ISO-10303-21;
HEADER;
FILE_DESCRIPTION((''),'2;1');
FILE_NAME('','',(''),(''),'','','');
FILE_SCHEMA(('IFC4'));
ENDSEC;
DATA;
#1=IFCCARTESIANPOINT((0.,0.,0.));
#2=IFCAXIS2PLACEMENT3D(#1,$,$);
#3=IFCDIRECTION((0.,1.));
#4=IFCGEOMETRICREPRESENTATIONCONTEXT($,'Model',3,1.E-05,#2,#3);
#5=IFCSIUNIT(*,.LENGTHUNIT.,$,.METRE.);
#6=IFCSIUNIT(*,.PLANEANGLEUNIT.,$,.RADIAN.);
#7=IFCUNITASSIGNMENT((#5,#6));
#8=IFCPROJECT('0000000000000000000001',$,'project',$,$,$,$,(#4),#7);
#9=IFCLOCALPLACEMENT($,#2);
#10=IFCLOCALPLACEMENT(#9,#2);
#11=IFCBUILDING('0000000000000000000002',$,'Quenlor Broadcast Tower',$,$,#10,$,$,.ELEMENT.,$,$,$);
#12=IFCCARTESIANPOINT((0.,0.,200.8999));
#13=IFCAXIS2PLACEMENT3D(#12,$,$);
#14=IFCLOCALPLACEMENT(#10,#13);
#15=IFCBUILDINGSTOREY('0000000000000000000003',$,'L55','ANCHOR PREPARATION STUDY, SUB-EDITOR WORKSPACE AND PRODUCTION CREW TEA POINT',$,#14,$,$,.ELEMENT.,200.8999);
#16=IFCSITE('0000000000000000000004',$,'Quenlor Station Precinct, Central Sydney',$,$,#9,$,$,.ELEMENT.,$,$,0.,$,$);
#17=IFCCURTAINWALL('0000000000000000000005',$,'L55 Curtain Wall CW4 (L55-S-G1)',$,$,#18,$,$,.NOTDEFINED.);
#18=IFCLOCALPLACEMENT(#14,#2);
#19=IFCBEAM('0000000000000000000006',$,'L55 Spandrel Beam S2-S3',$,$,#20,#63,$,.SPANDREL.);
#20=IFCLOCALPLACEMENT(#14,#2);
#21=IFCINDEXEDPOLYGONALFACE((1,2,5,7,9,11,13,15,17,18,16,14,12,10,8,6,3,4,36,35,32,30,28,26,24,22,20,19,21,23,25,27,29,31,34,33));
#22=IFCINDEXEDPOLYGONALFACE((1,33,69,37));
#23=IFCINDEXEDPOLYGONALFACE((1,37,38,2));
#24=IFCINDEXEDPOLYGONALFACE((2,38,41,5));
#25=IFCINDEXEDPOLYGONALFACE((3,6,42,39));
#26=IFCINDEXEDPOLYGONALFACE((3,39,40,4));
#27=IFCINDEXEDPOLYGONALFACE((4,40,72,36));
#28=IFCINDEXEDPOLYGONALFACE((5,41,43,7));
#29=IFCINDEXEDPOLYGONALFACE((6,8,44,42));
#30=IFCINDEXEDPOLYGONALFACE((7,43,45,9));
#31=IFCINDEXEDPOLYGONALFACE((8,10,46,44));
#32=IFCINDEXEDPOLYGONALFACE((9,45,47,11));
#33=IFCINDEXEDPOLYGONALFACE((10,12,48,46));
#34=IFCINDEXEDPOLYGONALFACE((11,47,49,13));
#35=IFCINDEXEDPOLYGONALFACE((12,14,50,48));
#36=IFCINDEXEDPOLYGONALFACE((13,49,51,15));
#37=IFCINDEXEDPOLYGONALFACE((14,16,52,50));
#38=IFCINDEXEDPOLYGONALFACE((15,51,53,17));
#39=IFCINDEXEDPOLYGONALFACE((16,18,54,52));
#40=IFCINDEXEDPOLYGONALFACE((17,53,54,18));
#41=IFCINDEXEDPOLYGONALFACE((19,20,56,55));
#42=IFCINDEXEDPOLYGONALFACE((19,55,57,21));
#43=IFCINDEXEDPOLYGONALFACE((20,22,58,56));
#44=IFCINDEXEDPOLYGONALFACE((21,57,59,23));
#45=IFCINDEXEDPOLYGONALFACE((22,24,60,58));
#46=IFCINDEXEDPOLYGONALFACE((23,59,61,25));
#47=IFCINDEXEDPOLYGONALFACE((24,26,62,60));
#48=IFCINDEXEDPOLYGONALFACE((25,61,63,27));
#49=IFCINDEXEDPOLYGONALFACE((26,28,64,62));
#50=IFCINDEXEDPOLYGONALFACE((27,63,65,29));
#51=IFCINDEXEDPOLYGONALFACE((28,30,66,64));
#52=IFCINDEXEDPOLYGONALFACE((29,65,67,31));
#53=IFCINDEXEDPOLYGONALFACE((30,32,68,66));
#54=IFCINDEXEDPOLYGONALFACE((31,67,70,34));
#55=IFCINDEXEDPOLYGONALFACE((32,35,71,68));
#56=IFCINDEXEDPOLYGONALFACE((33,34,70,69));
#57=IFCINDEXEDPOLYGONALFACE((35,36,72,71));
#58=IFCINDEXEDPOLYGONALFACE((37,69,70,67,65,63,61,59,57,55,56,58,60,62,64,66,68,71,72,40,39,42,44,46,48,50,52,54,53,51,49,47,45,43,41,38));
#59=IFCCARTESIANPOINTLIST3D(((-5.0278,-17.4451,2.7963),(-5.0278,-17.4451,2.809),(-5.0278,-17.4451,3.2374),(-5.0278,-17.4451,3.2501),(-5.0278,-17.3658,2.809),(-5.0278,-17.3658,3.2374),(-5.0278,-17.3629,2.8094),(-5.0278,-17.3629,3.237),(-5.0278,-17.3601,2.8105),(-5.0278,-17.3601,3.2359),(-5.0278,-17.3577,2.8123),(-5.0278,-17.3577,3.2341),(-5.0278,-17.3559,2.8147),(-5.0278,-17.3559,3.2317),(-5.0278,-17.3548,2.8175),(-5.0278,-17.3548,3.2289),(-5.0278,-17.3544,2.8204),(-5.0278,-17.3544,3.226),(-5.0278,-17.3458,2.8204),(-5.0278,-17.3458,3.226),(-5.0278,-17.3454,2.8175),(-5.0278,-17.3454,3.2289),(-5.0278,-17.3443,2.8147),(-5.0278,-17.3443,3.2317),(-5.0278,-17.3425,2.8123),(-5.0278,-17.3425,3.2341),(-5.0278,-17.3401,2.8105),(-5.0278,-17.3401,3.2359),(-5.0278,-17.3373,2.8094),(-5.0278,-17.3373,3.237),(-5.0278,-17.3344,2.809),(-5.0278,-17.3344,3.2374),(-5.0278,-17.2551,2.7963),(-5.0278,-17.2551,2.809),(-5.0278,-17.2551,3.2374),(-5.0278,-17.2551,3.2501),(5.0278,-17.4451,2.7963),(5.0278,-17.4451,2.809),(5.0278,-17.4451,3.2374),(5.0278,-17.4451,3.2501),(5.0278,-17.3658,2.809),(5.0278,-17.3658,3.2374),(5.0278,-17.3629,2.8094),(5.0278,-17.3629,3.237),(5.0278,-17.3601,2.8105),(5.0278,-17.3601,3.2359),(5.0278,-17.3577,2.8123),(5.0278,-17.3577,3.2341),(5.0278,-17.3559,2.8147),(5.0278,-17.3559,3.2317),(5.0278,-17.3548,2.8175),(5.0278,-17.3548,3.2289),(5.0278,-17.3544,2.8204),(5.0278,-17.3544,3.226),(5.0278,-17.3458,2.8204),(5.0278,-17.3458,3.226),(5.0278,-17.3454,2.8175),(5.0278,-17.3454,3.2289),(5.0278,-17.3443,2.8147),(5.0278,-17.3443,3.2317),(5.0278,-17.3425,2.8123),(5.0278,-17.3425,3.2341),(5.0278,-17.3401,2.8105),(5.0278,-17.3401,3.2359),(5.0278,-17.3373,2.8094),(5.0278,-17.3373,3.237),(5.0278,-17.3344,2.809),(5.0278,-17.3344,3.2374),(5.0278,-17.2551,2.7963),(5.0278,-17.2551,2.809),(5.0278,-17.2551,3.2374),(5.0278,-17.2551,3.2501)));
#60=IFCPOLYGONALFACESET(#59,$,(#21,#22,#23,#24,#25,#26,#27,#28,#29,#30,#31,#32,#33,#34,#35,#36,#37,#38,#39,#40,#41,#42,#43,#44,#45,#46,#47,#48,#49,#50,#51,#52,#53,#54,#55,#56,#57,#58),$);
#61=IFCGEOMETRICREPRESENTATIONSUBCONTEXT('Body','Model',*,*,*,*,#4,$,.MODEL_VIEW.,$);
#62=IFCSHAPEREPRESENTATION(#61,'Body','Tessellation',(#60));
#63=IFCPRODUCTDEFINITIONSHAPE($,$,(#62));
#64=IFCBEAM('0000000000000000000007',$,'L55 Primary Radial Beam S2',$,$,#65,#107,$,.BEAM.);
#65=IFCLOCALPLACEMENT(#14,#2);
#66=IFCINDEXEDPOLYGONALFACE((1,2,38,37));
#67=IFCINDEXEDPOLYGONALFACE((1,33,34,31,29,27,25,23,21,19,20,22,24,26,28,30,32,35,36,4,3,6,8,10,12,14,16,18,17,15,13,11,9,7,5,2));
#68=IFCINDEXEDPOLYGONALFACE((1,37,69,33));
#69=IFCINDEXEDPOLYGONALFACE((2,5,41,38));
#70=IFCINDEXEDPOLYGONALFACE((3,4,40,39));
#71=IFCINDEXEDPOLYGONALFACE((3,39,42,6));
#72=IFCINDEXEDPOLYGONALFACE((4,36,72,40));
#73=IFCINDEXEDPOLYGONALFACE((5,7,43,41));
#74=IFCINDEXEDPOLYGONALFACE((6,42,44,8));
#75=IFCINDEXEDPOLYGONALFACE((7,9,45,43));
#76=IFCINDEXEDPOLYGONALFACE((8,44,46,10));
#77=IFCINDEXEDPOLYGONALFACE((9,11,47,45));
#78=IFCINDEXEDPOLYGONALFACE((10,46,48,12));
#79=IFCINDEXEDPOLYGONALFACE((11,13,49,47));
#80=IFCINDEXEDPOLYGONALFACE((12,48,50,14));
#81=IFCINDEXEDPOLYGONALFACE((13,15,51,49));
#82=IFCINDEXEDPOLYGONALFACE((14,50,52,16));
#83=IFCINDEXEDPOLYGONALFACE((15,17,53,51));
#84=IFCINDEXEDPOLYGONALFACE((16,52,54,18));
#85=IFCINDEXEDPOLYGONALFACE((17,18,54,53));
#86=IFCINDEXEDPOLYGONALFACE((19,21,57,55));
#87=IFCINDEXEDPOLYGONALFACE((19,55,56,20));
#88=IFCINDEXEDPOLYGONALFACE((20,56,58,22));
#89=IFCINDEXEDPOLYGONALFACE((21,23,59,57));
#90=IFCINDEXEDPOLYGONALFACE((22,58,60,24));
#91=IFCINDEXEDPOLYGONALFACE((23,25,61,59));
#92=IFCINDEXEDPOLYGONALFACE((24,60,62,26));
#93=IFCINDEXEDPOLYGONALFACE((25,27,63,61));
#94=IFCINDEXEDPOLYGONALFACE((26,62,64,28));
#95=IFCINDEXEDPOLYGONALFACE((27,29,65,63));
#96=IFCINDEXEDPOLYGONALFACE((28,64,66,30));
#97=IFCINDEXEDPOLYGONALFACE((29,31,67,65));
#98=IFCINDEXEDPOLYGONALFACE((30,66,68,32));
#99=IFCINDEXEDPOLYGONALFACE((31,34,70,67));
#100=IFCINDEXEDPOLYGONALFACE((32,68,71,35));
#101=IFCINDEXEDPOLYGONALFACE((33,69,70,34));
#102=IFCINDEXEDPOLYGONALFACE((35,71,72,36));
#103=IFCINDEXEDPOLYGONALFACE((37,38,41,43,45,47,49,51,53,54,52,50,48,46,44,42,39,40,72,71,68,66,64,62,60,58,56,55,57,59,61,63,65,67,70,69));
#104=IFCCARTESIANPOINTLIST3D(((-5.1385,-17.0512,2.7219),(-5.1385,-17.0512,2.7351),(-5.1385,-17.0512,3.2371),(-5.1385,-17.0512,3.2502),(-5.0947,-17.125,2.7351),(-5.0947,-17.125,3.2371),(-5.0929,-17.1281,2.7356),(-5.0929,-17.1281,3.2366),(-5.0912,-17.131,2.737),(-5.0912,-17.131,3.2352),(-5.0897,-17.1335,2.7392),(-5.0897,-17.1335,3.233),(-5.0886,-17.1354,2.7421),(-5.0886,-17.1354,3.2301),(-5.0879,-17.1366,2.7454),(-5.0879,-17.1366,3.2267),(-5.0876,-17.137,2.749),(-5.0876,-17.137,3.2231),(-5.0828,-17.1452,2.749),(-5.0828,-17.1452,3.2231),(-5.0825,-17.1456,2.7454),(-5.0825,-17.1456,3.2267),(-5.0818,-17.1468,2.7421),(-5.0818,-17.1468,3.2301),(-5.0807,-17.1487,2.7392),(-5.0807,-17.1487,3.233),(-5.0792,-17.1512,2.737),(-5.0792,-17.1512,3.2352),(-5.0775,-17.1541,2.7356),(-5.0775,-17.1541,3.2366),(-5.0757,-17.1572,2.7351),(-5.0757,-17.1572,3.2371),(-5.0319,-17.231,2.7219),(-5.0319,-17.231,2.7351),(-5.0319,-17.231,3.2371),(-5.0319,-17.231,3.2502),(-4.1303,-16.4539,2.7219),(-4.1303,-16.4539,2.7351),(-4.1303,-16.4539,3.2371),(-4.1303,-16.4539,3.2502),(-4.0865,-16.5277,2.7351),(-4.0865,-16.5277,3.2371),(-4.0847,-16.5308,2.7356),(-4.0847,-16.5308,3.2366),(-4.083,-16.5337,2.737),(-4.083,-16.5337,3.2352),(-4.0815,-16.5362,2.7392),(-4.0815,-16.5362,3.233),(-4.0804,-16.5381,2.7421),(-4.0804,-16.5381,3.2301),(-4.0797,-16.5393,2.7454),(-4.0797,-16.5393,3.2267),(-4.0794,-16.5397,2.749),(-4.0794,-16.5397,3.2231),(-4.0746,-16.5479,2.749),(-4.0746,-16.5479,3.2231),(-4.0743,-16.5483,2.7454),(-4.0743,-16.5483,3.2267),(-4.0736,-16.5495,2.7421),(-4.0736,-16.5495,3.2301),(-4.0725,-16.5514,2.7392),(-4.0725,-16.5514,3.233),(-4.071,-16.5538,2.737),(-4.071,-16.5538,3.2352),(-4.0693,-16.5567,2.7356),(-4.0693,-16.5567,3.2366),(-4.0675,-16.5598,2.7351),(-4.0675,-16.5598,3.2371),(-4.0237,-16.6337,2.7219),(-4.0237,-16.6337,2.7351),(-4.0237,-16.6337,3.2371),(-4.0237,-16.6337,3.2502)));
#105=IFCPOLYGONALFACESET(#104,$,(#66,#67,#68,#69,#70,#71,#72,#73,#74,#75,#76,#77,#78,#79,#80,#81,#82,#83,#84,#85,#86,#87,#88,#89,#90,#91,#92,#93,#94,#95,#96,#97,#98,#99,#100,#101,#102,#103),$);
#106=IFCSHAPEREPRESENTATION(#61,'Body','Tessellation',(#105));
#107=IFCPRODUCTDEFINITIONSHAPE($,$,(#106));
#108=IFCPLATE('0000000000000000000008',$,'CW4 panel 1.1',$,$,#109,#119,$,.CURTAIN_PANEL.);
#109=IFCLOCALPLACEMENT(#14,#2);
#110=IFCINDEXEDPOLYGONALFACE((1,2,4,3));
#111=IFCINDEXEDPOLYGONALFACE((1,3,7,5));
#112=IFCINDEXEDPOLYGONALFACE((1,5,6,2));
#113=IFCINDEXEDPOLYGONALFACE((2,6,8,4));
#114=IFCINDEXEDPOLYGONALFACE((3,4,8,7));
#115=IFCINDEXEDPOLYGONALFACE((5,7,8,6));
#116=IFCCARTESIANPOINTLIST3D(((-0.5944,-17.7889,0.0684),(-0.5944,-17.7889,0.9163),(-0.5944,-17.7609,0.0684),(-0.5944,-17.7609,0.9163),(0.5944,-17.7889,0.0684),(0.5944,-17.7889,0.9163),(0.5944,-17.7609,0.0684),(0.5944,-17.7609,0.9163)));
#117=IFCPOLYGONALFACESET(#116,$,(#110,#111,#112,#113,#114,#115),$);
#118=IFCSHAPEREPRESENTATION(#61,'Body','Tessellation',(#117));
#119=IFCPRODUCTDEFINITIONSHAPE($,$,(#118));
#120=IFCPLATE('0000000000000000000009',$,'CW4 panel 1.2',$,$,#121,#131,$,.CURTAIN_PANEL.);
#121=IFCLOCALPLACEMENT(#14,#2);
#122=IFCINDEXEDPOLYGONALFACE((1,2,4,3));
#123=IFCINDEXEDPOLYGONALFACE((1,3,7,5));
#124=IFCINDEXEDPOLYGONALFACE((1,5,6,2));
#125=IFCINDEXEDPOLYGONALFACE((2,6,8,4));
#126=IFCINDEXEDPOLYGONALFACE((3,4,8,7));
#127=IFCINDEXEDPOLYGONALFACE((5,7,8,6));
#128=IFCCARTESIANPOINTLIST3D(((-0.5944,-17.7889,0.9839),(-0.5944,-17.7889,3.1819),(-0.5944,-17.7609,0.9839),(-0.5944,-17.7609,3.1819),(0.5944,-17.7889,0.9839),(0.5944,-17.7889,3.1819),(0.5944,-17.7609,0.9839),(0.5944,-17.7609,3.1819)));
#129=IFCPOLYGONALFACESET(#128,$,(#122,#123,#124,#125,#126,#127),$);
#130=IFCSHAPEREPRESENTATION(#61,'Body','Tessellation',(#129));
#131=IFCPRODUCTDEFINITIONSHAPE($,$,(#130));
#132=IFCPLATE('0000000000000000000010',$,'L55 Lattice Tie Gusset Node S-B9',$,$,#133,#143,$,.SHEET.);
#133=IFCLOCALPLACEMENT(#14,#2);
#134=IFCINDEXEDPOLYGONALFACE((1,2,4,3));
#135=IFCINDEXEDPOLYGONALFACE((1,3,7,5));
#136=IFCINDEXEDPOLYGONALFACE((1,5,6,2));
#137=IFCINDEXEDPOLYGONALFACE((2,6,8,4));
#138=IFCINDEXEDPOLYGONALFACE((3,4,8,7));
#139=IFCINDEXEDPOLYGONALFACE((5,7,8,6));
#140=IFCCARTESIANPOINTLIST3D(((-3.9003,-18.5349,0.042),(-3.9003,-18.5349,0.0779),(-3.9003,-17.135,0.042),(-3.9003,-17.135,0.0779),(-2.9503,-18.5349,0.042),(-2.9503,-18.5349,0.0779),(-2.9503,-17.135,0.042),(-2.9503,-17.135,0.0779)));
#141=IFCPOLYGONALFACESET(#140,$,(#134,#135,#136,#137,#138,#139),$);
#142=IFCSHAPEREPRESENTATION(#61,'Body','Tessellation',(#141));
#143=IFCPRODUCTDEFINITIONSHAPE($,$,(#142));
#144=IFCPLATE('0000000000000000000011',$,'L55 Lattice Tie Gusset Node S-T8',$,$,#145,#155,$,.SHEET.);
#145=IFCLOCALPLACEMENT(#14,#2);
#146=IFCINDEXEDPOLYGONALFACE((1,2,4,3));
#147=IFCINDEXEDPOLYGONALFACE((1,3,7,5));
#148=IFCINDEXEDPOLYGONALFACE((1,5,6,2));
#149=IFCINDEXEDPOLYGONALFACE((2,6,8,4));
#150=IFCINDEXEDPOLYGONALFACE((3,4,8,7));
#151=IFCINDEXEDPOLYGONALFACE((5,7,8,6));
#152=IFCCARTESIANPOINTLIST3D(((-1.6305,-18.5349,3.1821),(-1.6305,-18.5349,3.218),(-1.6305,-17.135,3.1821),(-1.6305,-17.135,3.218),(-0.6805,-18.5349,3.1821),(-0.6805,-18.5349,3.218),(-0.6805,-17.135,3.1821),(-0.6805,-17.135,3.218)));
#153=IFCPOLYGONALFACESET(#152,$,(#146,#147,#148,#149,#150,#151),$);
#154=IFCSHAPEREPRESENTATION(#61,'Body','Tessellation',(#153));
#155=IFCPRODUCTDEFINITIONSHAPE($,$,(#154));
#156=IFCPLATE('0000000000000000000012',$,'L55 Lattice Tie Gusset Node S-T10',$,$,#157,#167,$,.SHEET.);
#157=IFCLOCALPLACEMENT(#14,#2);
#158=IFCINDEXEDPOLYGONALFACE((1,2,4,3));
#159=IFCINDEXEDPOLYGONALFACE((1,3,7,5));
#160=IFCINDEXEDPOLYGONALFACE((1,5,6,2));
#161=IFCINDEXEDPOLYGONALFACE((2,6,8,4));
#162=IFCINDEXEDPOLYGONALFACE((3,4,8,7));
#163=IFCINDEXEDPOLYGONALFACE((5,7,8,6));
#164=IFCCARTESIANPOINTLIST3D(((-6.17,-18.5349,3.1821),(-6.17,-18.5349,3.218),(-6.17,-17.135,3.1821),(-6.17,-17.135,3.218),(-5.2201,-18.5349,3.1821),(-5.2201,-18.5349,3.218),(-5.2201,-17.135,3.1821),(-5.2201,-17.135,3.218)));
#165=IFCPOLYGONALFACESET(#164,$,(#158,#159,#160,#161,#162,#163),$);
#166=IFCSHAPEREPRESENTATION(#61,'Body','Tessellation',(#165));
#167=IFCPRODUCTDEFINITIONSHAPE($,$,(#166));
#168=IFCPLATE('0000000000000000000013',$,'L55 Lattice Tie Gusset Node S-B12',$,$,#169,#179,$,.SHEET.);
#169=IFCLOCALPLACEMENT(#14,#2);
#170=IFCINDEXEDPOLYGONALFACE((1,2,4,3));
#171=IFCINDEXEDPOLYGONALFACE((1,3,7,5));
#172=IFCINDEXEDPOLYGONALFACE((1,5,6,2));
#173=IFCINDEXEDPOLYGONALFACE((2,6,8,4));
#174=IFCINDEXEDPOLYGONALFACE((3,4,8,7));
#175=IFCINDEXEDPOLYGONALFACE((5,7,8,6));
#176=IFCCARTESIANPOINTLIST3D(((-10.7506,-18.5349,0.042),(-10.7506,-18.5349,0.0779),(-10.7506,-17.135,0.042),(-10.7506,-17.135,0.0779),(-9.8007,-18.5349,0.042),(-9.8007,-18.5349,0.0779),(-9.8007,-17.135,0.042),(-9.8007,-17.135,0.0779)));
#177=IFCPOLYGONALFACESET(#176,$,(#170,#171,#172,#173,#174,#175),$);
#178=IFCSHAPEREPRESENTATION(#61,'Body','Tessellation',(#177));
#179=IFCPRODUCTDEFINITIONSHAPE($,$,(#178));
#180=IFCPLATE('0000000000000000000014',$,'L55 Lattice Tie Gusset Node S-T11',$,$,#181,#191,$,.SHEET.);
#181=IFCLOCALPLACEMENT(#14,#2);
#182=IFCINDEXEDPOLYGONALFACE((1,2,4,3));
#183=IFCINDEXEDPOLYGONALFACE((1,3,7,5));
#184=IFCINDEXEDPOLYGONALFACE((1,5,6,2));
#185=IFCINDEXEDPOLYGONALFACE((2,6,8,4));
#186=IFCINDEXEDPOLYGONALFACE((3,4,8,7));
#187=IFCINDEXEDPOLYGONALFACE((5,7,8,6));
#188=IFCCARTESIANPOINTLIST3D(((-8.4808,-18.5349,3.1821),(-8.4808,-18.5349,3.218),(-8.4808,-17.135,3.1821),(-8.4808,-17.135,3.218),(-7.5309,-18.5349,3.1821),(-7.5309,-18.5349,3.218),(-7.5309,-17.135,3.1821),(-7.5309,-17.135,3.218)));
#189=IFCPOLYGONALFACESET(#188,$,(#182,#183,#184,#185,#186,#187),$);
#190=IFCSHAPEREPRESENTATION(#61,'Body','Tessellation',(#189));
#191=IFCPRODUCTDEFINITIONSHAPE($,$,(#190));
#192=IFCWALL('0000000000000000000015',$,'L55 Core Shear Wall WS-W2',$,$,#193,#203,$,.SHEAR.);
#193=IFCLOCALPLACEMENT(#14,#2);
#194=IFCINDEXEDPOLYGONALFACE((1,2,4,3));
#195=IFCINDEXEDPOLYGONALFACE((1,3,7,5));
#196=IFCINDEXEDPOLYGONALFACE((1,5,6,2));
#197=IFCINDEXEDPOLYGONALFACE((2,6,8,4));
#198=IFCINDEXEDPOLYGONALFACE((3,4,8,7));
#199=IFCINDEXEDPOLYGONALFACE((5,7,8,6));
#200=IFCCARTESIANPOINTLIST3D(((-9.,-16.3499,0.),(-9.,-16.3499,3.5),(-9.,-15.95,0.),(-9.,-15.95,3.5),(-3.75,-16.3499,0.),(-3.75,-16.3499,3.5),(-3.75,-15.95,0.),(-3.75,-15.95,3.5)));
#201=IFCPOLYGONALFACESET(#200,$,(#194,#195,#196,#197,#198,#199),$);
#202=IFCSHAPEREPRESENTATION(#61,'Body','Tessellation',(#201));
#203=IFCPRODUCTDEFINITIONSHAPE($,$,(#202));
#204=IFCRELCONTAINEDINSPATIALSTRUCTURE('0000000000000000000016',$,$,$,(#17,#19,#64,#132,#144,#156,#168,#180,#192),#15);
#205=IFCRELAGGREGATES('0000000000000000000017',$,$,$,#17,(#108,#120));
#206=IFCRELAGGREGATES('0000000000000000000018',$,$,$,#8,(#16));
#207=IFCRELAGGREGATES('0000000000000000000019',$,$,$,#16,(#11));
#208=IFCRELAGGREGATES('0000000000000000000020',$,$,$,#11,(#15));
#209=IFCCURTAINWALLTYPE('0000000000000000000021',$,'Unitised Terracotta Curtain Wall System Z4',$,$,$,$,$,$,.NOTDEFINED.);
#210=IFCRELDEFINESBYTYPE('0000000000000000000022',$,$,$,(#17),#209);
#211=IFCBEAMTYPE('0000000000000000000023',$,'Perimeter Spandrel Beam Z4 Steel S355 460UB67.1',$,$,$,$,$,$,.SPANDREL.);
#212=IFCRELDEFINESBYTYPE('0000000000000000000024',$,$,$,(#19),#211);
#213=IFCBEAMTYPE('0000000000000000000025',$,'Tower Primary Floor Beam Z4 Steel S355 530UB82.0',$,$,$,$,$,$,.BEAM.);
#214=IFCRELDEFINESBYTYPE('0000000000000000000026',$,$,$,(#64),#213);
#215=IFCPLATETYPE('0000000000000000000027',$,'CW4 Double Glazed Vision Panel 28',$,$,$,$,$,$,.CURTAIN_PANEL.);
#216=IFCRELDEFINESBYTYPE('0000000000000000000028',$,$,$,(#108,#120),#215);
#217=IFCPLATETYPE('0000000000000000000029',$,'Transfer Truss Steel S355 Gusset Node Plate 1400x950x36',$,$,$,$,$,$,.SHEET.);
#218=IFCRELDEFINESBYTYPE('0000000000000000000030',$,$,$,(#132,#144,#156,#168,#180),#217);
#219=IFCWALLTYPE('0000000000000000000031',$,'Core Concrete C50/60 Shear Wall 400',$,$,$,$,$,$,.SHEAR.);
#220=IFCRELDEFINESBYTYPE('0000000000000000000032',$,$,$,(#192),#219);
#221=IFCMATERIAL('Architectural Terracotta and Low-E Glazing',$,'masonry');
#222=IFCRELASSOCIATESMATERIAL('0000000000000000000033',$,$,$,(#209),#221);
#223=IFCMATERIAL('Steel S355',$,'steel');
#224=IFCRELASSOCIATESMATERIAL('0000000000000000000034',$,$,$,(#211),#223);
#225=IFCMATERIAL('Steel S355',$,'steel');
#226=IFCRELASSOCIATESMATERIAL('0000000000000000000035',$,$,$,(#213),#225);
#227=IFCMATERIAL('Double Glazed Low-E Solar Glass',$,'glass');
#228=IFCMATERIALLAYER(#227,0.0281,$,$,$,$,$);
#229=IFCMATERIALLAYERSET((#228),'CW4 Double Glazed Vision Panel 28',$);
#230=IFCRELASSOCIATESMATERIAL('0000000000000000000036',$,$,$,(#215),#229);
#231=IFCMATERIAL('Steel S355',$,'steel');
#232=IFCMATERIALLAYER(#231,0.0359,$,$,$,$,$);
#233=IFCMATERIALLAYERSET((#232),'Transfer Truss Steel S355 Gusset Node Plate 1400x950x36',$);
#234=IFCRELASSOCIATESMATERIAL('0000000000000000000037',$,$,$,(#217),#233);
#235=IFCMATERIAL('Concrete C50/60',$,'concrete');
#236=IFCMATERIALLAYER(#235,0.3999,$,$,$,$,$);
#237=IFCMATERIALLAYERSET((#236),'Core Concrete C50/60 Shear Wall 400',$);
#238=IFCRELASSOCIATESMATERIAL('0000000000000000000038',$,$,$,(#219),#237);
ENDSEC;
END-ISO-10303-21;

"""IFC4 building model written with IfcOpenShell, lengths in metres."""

from ifc_helpers import new_model, si_unit, direction, frame, frame_2d, origin, origin_2d, place, context, subcontext, project, spatial, rectangle, i_section, extrude, material, layer, layer_set, material_profile, profile_set, type_object, element, aggregate, save


model = new_model("IFC4")

# Units and contexts
model_context = context("Model", 3, precision=1e-05, world=origin(), true_north=direction((0.0, 1.0)))
body_context = subcontext(model_context, "Body", "Model", "MODEL_VIEW")
ifc_project = project(units=[si_unit("LENGTHUNIT", "METRE"), si_unit("PLANEANGLEUNIT", "RADIAN")], contexts=[model_context])

# Site, building, storey
site_placement = place(None, origin())
site = spatial("IfcSite", under=ifc_project, at=site_placement, Name="Quenlor Station Precinct, Central Sydney", CompositionType="ELEMENT", RefElevation=0.0)
building_placement = place(site_placement, origin())
building = spatial("IfcBuilding", under=site, at=building_placement, Name="Quenlor Broadcast Tower", CompositionType="ELEMENT")
storey_placement = place(building_placement, frame((0.0, 0.0, 200.8999)))
storey = spatial("IfcBuildingStorey", under=building, at=storey_placement, Name="L55", Description="ANCHOR PREPARATION STUDY, SUB-EDITOR WORKSPACE AND PRODUCTION CREW TEA POINT", CompositionType="ELEMENT", Elevation=200.8999)

# Curtain wall
ifc_material_1 = material(Name="Architectural Terracotta and Low-E Glazing", Category="masonry")
curtain_wall_type = type_object("IfcCurtainWallType", Name="Unitised Terracotta Curtain Wall System Z4", PredefinedType="NOTDEFINED", material=ifc_material_1)
curtain_wall_placement = place(storey_placement, origin())
curtain_wall = element("IfcCurtainWall", 1, at=curtain_wall_placement, inside=storey, type_object=curtain_wall_type, Name="L55 Curtain Wall CW4 (L55-S-G1)", PredefinedType="NOTDEFINED")

# Beams
ifc_material_2 = material(Name="Steel S355", Category="steel")
ifc_material_profile_1 = material_profile(ifc_material_2, i_section(OverallWidth=0.1899, OverallDepth=0.4539, WebThickness=0.0085, FlangeThickness=0.0127, FilletRadius=0.0115, at=origin_2d()))
ifc_profile_set_1 = profile_set([ifc_material_profile_1], Name="Steel S355 460UB67.1")
beam_type_1 = type_object("IfcBeamType", Name="Perimeter Spandrel Beam Z4 Steel S355 460UB67.1", PredefinedType="SPANDREL", material=ifc_profile_set_1)
beam_1_placement = place(storey_placement, frame((-5.0278, -17.3501, 3.0232), z_axis=(1.0, 0.0, 0.0), x_axis=(0.0, 1.0, 0.0)))
element("IfcBeam", 2, at=beam_1_placement, inside=storey, type_object=beam_type_1, Name="L55 Spandrel Beam S2-S3", PredefinedType="SPANDREL", context=body_context, shape_type="SweptSolid", body=[
    extrude(i_section(OverallWidth=0.1899, OverallDepth=0.4539, WebThickness=0.0085, FlangeThickness=0.0127, FilletRadius=0.0115, at=origin_2d()), origin(), (0.0, 0.0, 1.0), 10.0557),
])
ifc_material_3 = material(Name="Steel S355", Category="steel")
ifc_material_profile_2 = material_profile(ifc_material_3, i_section(OverallWidth=0.209, OverallDepth=0.5283, WebThickness=0.0095, FlangeThickness=0.0132, FilletRadius=0.0139, at=origin_2d()))
ifc_profile_set_2 = profile_set([ifc_material_profile_2], Name="Steel S355 530UB82.0")
beam_type_2 = type_object("IfcBeamType", Name="Tower Primary Floor Beam Z4 Steel S355 530UB82.0", PredefinedType="BEAM", material=ifc_profile_set_2)
beam_2_placement = place(storey_placement, frame((-5.0852, -17.1411, 2.9861), z_axis=(0.860329, 0.50974, 0.0), x_axis=(-0.50974, 0.860329, 0.0)))
element("IfcBeam", 3, at=beam_2_placement, inside=storey, type_object=beam_type_2, Name="L55 Primary Radial Beam S2", PredefinedType="BEAM", context=body_context, shape_type="SweptSolid", body=[
    extrude(i_section(OverallWidth=0.209, OverallDepth=0.5283, WebThickness=0.0095, FlangeThickness=0.0132, FilletRadius=0.0139, at=origin_2d()), origin(), (0.0, 0.0, 1.0), 1.1719),
])

# Plates
ifc_material_4 = material(Name="Double Glazed Low-E Solar Glass", Category="glass")
ifc_layer_1 = layer(ifc_material_4, 0.0281)
ifc_layer_set_1 = layer_set([ifc_layer_1], Name="CW4 Double Glazed Vision Panel 28")
plate_type_1 = type_object("IfcPlateType", Name="CW4 Double Glazed Vision Panel 28", PredefinedType="CURTAIN_PANEL", material=ifc_layer_set_1)
plate_1_placement = place(storey_placement, frame((0.0, -17.7749, 0.0684), z_axis=(0.0, 0.0, 1.0), x_axis=(-1.0, 0.0, 0.0)))
plate_1 = element("IfcPlate", 4, at=plate_1_placement, type_object=plate_type_1, Name="CW4 panel 1.1", PredefinedType="CURTAIN_PANEL", context=body_context, shape_type="SweptSolid", body=[
    extrude(rectangle(XDim=1.1887, YDim=0.0281, at=origin_2d()), origin(), (0.0, 0.0, 1.0), 0.8479),
])
plate_2_placement = place(storey_placement, frame((0.0, -17.7749, 0.9839), z_axis=(0.0, 0.0, 1.0), x_axis=(-1.0, 0.0, 0.0)))
plate_2 = element("IfcPlate", 5, at=plate_2_placement, type_object=plate_type_1, Name="CW4 panel 1.2", PredefinedType="CURTAIN_PANEL", context=body_context, shape_type="SweptSolid", body=[
    extrude(rectangle(XDim=1.1887, YDim=0.0281, at=origin_2d()), origin(), (0.0, 0.0, 1.0), 2.198),
])
aggregate(curtain_wall, [plate_1, plate_2])

# Plates
ifc_material_5 = material(Name="Steel S355", Category="steel")
ifc_layer_2 = layer(ifc_material_5, 0.0359)
ifc_layer_set_2 = layer_set([ifc_layer_2], Name="Transfer Truss Steel S355 Gusset Node Plate 1400x950x36")
plate_type_2 = type_object("IfcPlateType", Name="Transfer Truss Steel S355 Gusset Node Plate 1400x950x36", PredefinedType="SHEET", material=ifc_layer_set_2)
for number, where, z_axis, x_axis, name in (
    (6, (-3.4253, -17.835, 0.042), (0.0, 0.0, 1.0), (0.0, -1.0, 0.0), "L55 Lattice Tie Gusset Node S-B9"),
    (7, (-1.1555, -17.835, 3.1821), (0.0, 0.0, 1.0), (0.0, -1.0, 0.0), "L55 Lattice Tie Gusset Node S-T8"),
    (8, (-5.6951, -17.835, 3.1821), (0.0, 0.0, 1.0), (0.0, -1.0, 0.0), "L55 Lattice Tie Gusset Node S-T10"),
    (9, (-10.2756, -17.835, 0.042), (0.0, 0.0, 1.0), (0.0, -1.0, 0.0), "L55 Lattice Tie Gusset Node S-B12"),
    (10, (-8.0059, -17.835, 3.1821), (0.0, 0.0, 1.0), (0.0, -1.0, 0.0), "L55 Lattice Tie Gusset Node S-T11"),
):
    element("IfcPlate", number, at=place(storey_placement, frame(where, z_axis=z_axis, x_axis=x_axis)), inside=storey, type_object=plate_type_2, Name=name, PredefinedType="SHEET", context=body_context, shape_type="SweptSolid", body=[
        extrude(rectangle(XDim=1.3999, YDim=0.95, at=origin_2d()), origin(), (0.0, 0.0, 1.0), 0.0359),
    ])

# Wall
ifc_material_6 = material(Name="Concrete C50/60", Category="concrete")
ifc_layer_3 = layer(ifc_material_6, 0.3999)
ifc_layer_set_3 = layer_set([ifc_layer_3], Name="Core Concrete C50/60 Shear Wall 400")
wall_type_1 = type_object("IfcWallType", Name="Core Concrete C50/60 Shear Wall 400", PredefinedType="SHEAR", material=ifc_layer_set_3)
wall_1_placement = place(storey_placement, frame((-9.0, -16.1499, 0.0), z_axis=(0.0, 0.0, 1.0), x_axis=(1.0, 0.0, 0.0)))
element("IfcWall", 11, at=wall_1_placement, inside=storey, type_object=wall_type_1, Name="L55 Core Shear Wall WS-W2", PredefinedType="SHEAR", context=body_context, shape_type="SweptSolid", body=[
    extrude(rectangle(XDim=5.25, YDim=0.3999, at=frame_2d((2.625, 0.0))), origin(), (0.0, 0.0, 1.0), 3.5),
])

save(model, "model.ifc")
